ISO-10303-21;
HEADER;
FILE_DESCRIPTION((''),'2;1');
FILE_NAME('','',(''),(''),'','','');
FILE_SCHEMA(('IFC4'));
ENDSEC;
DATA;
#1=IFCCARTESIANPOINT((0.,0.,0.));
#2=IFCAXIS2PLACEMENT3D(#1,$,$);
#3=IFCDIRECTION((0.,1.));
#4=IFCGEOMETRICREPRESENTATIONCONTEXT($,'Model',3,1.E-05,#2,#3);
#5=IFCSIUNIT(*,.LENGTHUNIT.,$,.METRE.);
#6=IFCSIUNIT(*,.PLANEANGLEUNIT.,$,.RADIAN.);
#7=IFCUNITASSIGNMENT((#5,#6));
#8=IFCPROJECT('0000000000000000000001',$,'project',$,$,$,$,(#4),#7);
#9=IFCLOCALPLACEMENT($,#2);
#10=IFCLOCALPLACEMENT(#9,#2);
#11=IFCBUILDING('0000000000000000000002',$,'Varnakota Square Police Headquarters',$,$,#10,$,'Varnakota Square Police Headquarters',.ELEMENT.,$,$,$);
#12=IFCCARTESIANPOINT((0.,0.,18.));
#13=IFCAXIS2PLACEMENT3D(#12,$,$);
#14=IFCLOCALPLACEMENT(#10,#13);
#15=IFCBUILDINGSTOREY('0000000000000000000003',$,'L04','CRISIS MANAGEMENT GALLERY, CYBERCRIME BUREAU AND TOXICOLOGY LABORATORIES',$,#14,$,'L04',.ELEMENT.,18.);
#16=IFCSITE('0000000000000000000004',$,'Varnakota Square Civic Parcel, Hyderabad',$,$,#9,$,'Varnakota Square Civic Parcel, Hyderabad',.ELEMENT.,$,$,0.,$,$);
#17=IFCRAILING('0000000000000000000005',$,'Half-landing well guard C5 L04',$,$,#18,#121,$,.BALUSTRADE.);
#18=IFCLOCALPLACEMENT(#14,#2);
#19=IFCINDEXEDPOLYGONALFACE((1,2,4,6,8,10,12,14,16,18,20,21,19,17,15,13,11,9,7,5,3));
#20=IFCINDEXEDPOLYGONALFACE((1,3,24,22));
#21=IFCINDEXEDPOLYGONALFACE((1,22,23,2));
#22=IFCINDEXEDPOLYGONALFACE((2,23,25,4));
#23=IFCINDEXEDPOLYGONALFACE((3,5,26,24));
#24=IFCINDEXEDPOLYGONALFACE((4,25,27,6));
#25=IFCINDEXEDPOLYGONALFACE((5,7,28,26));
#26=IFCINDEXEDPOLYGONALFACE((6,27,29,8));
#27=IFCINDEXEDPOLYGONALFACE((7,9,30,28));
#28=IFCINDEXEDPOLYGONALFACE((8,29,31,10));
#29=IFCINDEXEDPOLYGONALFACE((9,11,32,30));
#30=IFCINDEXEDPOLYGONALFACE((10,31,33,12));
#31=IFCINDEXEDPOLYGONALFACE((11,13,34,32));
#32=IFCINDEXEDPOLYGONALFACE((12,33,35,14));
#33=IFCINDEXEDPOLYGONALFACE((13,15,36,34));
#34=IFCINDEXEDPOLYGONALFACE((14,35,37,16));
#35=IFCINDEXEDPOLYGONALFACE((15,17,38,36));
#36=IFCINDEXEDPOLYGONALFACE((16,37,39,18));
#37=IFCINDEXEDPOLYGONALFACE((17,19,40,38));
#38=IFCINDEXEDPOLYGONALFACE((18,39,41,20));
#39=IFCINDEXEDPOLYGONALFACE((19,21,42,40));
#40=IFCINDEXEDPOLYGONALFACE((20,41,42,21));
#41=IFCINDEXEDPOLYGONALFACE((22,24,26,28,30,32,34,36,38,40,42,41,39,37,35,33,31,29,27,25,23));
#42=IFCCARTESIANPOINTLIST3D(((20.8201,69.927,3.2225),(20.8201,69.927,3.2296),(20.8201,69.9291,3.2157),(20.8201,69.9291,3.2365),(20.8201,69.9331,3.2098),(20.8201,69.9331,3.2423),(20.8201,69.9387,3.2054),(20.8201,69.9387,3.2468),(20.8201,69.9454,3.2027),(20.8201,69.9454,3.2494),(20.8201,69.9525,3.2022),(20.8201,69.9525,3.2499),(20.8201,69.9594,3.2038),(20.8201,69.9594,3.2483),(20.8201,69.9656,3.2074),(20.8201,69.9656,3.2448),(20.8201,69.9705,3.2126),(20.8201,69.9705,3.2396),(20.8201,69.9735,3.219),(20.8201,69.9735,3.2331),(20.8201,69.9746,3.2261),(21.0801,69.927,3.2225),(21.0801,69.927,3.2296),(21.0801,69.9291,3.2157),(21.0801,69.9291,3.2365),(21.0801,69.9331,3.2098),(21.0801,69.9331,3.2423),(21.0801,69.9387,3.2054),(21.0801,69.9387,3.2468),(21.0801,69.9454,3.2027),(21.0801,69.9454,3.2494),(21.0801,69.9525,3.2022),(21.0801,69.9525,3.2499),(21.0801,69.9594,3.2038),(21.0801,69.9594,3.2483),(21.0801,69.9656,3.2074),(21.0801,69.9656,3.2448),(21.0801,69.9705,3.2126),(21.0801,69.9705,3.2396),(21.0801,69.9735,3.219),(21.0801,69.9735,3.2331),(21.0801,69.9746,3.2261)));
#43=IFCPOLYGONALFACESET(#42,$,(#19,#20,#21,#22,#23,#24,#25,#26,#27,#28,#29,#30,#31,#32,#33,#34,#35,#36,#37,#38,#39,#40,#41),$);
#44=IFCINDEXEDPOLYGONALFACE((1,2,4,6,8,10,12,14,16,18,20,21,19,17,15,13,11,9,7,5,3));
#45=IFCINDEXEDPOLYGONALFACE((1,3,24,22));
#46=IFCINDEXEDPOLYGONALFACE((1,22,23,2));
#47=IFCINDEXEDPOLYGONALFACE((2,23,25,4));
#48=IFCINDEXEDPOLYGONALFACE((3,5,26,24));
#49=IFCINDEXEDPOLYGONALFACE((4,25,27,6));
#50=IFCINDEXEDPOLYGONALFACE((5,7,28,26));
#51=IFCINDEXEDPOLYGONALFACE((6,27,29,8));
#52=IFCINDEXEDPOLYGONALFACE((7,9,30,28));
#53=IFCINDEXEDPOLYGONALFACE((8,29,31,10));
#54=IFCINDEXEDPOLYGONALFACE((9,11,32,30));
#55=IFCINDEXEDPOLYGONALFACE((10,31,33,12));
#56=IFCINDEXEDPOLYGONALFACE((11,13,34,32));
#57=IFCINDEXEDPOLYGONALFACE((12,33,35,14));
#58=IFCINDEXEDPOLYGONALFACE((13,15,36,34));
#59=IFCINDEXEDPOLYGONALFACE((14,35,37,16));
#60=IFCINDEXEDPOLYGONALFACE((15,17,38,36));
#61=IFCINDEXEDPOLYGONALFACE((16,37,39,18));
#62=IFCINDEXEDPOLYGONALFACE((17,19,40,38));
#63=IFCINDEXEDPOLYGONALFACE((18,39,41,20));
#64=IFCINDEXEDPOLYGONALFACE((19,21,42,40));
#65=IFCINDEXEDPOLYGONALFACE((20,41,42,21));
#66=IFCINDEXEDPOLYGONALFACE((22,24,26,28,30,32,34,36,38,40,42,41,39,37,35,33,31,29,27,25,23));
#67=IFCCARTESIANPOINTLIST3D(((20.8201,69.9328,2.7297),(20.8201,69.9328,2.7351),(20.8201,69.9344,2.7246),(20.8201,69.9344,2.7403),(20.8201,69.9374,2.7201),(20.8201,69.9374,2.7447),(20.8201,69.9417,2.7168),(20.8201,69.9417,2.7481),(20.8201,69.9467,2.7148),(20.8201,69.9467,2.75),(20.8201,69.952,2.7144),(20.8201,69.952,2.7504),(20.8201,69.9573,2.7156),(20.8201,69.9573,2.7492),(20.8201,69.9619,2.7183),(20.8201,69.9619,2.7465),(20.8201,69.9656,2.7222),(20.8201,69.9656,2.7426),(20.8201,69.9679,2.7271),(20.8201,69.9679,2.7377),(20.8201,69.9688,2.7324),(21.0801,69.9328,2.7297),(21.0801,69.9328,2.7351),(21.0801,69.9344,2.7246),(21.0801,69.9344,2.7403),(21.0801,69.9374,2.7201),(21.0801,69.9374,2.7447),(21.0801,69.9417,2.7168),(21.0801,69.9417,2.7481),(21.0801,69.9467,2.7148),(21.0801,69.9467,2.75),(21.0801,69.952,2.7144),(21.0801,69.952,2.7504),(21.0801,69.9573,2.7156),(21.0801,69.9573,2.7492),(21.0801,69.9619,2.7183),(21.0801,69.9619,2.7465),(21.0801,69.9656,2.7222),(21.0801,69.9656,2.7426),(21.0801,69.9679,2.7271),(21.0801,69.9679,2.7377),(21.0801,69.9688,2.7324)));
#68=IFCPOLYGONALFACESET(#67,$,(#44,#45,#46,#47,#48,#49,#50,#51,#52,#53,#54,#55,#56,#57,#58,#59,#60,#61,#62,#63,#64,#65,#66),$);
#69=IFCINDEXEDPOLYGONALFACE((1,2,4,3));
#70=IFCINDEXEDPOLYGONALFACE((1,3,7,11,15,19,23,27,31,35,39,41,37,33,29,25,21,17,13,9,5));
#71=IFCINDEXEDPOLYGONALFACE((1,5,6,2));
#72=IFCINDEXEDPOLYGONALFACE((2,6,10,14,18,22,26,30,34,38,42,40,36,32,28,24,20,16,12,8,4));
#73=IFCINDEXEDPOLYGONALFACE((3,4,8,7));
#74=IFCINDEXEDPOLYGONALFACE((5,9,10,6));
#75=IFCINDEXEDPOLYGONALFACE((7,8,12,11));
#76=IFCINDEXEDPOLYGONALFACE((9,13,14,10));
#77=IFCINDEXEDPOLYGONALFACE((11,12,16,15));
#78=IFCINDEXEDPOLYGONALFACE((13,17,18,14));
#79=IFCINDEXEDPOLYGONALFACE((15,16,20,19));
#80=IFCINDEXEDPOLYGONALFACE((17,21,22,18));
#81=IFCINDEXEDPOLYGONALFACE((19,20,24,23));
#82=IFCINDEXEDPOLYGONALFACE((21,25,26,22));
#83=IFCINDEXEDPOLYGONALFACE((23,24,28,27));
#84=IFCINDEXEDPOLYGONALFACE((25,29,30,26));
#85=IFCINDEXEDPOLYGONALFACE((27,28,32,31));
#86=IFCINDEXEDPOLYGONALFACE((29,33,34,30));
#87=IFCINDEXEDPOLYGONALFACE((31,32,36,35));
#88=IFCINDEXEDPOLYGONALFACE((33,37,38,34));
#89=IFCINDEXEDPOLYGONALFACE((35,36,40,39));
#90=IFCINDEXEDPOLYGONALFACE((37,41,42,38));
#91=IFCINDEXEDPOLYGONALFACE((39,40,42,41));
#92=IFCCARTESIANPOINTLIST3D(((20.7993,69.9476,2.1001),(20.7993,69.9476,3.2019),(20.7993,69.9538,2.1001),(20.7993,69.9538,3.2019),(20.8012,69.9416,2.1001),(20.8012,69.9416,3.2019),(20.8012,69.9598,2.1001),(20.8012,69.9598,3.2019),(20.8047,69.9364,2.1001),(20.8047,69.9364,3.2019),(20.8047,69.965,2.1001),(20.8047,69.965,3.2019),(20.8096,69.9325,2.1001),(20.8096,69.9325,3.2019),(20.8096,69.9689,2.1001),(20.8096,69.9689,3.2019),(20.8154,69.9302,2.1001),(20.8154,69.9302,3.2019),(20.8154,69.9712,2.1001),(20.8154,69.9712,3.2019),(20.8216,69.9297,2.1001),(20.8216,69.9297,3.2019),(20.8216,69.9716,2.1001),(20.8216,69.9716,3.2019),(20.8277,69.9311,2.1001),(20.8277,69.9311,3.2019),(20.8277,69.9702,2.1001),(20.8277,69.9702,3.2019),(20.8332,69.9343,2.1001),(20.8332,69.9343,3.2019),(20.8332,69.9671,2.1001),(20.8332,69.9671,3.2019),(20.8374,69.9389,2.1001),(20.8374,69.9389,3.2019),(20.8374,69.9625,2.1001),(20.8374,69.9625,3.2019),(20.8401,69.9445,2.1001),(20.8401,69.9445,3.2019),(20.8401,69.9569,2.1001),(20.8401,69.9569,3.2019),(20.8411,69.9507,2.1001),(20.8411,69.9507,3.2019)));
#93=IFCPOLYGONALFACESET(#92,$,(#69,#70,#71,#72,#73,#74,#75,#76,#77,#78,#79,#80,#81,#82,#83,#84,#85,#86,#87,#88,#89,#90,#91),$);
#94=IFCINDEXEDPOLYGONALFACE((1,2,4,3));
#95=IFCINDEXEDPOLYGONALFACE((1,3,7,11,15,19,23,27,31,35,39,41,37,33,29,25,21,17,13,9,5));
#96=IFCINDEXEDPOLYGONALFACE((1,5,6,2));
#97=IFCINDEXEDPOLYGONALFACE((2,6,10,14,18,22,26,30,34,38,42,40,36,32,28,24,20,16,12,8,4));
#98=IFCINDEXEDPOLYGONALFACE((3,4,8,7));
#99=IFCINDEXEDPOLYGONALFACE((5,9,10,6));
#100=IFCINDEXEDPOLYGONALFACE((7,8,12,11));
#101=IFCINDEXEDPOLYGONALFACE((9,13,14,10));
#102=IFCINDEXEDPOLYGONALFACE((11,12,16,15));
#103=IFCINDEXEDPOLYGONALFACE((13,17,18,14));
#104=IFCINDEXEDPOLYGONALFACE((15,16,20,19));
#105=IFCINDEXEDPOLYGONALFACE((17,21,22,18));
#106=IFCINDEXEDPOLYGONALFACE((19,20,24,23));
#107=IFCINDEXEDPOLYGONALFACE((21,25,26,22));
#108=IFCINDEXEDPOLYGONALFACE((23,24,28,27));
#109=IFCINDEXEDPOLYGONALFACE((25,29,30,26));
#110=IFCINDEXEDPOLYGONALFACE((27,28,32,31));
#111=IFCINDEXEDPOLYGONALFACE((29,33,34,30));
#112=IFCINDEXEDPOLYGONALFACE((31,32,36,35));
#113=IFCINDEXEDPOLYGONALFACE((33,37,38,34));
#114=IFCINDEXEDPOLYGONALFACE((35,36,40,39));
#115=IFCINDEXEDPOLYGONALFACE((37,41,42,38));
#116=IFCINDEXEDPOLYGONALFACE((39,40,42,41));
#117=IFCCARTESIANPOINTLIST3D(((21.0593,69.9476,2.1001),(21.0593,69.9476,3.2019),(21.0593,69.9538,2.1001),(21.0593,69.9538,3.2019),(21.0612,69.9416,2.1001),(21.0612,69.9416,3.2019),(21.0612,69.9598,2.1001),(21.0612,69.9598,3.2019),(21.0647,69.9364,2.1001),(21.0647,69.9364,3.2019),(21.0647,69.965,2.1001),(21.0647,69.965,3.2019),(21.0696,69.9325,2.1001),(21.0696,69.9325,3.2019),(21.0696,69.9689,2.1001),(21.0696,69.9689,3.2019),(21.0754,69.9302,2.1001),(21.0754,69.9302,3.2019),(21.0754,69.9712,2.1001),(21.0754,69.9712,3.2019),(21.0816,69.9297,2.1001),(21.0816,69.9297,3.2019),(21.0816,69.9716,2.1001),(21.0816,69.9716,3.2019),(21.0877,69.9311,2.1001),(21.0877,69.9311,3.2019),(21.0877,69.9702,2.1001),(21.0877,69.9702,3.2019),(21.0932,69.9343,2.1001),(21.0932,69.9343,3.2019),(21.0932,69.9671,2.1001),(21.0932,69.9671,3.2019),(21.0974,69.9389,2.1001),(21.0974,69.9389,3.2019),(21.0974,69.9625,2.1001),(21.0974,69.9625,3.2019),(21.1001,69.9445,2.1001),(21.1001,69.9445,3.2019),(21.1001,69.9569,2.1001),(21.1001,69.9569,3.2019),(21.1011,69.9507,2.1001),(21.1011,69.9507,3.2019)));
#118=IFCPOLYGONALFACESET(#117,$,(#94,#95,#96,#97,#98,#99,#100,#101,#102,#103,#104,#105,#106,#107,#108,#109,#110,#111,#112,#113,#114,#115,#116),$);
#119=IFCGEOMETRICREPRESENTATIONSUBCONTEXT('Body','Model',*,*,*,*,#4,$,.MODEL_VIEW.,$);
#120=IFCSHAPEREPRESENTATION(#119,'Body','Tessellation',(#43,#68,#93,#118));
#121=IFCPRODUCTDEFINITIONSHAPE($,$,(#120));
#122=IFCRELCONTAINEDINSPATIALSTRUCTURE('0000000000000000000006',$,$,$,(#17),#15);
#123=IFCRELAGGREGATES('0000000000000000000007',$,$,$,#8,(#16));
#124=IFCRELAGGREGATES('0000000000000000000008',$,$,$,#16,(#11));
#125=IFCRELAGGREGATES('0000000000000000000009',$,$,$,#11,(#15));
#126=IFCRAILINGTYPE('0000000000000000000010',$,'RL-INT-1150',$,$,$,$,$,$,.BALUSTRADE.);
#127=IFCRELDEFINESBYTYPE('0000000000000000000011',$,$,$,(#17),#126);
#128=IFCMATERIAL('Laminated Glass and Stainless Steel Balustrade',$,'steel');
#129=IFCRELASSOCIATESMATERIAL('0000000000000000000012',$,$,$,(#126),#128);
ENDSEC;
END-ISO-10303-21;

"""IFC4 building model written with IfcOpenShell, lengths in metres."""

from ifc_helpers import new_model, si_unit, direction, frame, origin, origin_2d, place, context, subcontext, project, spatial, circle, extrude, material, type_object, element, save


model = new_model("IFC4")

# Units and contexts
model_context = context("Model", 3, precision=1e-05, world=origin(), true_north=direction((0.0, 1.0)))
body_context = subcontext(model_context, "Body", "Model", "MODEL_VIEW")
ifc_project = project(units=[si_unit("LENGTHUNIT", "METRE"), si_unit("PLANEANGLEUNIT", "RADIAN")], contexts=[model_context])

# Site, building, storey
site_placement = place(None, origin())
site = spatial("IfcSite", under=ifc_project, at=site_placement, Name="Varnakota Square Civic Parcel, Hyderabad", LongName="Varnakota Square Civic Parcel, Hyderabad", CompositionType="ELEMENT", RefElevation=0.0)
building_placement = place(site_placement, origin())
building = spatial("IfcBuilding", under=site, at=building_placement, Name="Varnakota Square Police Headquarters", LongName="Varnakota Square Police Headquarters", CompositionType="ELEMENT")
storey_placement = place(building_placement, frame((0.0, 0.0, 18.0)))
storey = spatial("IfcBuildingStorey", under=building, at=storey_placement, Name="L04", Description="CRISIS MANAGEMENT GALLERY, CYBERCRIME BUREAU AND TOXICOLOGY LABORATORIES", LongName="L04", CompositionType="ELEMENT", Elevation=18.0)

# Railing
ifc_material_1 = material(Name="Laminated Glass and Stainless Steel Balustrade", Category="steel")
railing_type_1 = type_object("IfcRailingType", Name="RL-INT-1150", PredefinedType="BALUSTRADE", material=ifc_material_1)
railing_1_placement = place(storey_placement, frame((20.8201, 69.9507, 2.1001)))
element("IfcRailing", 1, at=railing_1_placement, inside=storey, type_object=railing_type_1, Name="Half-landing well guard C5 L04", PredefinedType="BALUSTRADE", context=body_context, shape_type="SweptSolid", body=[
    extrude(circle(Radius=0.0239, at=origin_2d()), frame((0.0, 0.0, 1.126), z_axis=(1.0, 0.0, 0.0), x_axis=(0.0, 1.0, 0.0)), (0.0, 0.0, 1.0), 0.26),
    extrude(circle(Radius=0.0181, at=origin_2d()), frame((0.0, 0.0, 0.6323), z_axis=(1.0, 0.0, 0.0), x_axis=(0.0, 1.0, 0.0)), (0.0, 0.0, 1.0), 0.26),
    extrude(circle(Radius=0.021, at=origin_2d()), origin(), (0.0, 0.0, 1.0), 1.1018),
    extrude(circle(Radius=0.021, at=origin_2d()), frame((0.26, 0.0, 0.0)), (0.0, 0.0, 1.0), 1.1018),
])

save(model, "model.ifc")
